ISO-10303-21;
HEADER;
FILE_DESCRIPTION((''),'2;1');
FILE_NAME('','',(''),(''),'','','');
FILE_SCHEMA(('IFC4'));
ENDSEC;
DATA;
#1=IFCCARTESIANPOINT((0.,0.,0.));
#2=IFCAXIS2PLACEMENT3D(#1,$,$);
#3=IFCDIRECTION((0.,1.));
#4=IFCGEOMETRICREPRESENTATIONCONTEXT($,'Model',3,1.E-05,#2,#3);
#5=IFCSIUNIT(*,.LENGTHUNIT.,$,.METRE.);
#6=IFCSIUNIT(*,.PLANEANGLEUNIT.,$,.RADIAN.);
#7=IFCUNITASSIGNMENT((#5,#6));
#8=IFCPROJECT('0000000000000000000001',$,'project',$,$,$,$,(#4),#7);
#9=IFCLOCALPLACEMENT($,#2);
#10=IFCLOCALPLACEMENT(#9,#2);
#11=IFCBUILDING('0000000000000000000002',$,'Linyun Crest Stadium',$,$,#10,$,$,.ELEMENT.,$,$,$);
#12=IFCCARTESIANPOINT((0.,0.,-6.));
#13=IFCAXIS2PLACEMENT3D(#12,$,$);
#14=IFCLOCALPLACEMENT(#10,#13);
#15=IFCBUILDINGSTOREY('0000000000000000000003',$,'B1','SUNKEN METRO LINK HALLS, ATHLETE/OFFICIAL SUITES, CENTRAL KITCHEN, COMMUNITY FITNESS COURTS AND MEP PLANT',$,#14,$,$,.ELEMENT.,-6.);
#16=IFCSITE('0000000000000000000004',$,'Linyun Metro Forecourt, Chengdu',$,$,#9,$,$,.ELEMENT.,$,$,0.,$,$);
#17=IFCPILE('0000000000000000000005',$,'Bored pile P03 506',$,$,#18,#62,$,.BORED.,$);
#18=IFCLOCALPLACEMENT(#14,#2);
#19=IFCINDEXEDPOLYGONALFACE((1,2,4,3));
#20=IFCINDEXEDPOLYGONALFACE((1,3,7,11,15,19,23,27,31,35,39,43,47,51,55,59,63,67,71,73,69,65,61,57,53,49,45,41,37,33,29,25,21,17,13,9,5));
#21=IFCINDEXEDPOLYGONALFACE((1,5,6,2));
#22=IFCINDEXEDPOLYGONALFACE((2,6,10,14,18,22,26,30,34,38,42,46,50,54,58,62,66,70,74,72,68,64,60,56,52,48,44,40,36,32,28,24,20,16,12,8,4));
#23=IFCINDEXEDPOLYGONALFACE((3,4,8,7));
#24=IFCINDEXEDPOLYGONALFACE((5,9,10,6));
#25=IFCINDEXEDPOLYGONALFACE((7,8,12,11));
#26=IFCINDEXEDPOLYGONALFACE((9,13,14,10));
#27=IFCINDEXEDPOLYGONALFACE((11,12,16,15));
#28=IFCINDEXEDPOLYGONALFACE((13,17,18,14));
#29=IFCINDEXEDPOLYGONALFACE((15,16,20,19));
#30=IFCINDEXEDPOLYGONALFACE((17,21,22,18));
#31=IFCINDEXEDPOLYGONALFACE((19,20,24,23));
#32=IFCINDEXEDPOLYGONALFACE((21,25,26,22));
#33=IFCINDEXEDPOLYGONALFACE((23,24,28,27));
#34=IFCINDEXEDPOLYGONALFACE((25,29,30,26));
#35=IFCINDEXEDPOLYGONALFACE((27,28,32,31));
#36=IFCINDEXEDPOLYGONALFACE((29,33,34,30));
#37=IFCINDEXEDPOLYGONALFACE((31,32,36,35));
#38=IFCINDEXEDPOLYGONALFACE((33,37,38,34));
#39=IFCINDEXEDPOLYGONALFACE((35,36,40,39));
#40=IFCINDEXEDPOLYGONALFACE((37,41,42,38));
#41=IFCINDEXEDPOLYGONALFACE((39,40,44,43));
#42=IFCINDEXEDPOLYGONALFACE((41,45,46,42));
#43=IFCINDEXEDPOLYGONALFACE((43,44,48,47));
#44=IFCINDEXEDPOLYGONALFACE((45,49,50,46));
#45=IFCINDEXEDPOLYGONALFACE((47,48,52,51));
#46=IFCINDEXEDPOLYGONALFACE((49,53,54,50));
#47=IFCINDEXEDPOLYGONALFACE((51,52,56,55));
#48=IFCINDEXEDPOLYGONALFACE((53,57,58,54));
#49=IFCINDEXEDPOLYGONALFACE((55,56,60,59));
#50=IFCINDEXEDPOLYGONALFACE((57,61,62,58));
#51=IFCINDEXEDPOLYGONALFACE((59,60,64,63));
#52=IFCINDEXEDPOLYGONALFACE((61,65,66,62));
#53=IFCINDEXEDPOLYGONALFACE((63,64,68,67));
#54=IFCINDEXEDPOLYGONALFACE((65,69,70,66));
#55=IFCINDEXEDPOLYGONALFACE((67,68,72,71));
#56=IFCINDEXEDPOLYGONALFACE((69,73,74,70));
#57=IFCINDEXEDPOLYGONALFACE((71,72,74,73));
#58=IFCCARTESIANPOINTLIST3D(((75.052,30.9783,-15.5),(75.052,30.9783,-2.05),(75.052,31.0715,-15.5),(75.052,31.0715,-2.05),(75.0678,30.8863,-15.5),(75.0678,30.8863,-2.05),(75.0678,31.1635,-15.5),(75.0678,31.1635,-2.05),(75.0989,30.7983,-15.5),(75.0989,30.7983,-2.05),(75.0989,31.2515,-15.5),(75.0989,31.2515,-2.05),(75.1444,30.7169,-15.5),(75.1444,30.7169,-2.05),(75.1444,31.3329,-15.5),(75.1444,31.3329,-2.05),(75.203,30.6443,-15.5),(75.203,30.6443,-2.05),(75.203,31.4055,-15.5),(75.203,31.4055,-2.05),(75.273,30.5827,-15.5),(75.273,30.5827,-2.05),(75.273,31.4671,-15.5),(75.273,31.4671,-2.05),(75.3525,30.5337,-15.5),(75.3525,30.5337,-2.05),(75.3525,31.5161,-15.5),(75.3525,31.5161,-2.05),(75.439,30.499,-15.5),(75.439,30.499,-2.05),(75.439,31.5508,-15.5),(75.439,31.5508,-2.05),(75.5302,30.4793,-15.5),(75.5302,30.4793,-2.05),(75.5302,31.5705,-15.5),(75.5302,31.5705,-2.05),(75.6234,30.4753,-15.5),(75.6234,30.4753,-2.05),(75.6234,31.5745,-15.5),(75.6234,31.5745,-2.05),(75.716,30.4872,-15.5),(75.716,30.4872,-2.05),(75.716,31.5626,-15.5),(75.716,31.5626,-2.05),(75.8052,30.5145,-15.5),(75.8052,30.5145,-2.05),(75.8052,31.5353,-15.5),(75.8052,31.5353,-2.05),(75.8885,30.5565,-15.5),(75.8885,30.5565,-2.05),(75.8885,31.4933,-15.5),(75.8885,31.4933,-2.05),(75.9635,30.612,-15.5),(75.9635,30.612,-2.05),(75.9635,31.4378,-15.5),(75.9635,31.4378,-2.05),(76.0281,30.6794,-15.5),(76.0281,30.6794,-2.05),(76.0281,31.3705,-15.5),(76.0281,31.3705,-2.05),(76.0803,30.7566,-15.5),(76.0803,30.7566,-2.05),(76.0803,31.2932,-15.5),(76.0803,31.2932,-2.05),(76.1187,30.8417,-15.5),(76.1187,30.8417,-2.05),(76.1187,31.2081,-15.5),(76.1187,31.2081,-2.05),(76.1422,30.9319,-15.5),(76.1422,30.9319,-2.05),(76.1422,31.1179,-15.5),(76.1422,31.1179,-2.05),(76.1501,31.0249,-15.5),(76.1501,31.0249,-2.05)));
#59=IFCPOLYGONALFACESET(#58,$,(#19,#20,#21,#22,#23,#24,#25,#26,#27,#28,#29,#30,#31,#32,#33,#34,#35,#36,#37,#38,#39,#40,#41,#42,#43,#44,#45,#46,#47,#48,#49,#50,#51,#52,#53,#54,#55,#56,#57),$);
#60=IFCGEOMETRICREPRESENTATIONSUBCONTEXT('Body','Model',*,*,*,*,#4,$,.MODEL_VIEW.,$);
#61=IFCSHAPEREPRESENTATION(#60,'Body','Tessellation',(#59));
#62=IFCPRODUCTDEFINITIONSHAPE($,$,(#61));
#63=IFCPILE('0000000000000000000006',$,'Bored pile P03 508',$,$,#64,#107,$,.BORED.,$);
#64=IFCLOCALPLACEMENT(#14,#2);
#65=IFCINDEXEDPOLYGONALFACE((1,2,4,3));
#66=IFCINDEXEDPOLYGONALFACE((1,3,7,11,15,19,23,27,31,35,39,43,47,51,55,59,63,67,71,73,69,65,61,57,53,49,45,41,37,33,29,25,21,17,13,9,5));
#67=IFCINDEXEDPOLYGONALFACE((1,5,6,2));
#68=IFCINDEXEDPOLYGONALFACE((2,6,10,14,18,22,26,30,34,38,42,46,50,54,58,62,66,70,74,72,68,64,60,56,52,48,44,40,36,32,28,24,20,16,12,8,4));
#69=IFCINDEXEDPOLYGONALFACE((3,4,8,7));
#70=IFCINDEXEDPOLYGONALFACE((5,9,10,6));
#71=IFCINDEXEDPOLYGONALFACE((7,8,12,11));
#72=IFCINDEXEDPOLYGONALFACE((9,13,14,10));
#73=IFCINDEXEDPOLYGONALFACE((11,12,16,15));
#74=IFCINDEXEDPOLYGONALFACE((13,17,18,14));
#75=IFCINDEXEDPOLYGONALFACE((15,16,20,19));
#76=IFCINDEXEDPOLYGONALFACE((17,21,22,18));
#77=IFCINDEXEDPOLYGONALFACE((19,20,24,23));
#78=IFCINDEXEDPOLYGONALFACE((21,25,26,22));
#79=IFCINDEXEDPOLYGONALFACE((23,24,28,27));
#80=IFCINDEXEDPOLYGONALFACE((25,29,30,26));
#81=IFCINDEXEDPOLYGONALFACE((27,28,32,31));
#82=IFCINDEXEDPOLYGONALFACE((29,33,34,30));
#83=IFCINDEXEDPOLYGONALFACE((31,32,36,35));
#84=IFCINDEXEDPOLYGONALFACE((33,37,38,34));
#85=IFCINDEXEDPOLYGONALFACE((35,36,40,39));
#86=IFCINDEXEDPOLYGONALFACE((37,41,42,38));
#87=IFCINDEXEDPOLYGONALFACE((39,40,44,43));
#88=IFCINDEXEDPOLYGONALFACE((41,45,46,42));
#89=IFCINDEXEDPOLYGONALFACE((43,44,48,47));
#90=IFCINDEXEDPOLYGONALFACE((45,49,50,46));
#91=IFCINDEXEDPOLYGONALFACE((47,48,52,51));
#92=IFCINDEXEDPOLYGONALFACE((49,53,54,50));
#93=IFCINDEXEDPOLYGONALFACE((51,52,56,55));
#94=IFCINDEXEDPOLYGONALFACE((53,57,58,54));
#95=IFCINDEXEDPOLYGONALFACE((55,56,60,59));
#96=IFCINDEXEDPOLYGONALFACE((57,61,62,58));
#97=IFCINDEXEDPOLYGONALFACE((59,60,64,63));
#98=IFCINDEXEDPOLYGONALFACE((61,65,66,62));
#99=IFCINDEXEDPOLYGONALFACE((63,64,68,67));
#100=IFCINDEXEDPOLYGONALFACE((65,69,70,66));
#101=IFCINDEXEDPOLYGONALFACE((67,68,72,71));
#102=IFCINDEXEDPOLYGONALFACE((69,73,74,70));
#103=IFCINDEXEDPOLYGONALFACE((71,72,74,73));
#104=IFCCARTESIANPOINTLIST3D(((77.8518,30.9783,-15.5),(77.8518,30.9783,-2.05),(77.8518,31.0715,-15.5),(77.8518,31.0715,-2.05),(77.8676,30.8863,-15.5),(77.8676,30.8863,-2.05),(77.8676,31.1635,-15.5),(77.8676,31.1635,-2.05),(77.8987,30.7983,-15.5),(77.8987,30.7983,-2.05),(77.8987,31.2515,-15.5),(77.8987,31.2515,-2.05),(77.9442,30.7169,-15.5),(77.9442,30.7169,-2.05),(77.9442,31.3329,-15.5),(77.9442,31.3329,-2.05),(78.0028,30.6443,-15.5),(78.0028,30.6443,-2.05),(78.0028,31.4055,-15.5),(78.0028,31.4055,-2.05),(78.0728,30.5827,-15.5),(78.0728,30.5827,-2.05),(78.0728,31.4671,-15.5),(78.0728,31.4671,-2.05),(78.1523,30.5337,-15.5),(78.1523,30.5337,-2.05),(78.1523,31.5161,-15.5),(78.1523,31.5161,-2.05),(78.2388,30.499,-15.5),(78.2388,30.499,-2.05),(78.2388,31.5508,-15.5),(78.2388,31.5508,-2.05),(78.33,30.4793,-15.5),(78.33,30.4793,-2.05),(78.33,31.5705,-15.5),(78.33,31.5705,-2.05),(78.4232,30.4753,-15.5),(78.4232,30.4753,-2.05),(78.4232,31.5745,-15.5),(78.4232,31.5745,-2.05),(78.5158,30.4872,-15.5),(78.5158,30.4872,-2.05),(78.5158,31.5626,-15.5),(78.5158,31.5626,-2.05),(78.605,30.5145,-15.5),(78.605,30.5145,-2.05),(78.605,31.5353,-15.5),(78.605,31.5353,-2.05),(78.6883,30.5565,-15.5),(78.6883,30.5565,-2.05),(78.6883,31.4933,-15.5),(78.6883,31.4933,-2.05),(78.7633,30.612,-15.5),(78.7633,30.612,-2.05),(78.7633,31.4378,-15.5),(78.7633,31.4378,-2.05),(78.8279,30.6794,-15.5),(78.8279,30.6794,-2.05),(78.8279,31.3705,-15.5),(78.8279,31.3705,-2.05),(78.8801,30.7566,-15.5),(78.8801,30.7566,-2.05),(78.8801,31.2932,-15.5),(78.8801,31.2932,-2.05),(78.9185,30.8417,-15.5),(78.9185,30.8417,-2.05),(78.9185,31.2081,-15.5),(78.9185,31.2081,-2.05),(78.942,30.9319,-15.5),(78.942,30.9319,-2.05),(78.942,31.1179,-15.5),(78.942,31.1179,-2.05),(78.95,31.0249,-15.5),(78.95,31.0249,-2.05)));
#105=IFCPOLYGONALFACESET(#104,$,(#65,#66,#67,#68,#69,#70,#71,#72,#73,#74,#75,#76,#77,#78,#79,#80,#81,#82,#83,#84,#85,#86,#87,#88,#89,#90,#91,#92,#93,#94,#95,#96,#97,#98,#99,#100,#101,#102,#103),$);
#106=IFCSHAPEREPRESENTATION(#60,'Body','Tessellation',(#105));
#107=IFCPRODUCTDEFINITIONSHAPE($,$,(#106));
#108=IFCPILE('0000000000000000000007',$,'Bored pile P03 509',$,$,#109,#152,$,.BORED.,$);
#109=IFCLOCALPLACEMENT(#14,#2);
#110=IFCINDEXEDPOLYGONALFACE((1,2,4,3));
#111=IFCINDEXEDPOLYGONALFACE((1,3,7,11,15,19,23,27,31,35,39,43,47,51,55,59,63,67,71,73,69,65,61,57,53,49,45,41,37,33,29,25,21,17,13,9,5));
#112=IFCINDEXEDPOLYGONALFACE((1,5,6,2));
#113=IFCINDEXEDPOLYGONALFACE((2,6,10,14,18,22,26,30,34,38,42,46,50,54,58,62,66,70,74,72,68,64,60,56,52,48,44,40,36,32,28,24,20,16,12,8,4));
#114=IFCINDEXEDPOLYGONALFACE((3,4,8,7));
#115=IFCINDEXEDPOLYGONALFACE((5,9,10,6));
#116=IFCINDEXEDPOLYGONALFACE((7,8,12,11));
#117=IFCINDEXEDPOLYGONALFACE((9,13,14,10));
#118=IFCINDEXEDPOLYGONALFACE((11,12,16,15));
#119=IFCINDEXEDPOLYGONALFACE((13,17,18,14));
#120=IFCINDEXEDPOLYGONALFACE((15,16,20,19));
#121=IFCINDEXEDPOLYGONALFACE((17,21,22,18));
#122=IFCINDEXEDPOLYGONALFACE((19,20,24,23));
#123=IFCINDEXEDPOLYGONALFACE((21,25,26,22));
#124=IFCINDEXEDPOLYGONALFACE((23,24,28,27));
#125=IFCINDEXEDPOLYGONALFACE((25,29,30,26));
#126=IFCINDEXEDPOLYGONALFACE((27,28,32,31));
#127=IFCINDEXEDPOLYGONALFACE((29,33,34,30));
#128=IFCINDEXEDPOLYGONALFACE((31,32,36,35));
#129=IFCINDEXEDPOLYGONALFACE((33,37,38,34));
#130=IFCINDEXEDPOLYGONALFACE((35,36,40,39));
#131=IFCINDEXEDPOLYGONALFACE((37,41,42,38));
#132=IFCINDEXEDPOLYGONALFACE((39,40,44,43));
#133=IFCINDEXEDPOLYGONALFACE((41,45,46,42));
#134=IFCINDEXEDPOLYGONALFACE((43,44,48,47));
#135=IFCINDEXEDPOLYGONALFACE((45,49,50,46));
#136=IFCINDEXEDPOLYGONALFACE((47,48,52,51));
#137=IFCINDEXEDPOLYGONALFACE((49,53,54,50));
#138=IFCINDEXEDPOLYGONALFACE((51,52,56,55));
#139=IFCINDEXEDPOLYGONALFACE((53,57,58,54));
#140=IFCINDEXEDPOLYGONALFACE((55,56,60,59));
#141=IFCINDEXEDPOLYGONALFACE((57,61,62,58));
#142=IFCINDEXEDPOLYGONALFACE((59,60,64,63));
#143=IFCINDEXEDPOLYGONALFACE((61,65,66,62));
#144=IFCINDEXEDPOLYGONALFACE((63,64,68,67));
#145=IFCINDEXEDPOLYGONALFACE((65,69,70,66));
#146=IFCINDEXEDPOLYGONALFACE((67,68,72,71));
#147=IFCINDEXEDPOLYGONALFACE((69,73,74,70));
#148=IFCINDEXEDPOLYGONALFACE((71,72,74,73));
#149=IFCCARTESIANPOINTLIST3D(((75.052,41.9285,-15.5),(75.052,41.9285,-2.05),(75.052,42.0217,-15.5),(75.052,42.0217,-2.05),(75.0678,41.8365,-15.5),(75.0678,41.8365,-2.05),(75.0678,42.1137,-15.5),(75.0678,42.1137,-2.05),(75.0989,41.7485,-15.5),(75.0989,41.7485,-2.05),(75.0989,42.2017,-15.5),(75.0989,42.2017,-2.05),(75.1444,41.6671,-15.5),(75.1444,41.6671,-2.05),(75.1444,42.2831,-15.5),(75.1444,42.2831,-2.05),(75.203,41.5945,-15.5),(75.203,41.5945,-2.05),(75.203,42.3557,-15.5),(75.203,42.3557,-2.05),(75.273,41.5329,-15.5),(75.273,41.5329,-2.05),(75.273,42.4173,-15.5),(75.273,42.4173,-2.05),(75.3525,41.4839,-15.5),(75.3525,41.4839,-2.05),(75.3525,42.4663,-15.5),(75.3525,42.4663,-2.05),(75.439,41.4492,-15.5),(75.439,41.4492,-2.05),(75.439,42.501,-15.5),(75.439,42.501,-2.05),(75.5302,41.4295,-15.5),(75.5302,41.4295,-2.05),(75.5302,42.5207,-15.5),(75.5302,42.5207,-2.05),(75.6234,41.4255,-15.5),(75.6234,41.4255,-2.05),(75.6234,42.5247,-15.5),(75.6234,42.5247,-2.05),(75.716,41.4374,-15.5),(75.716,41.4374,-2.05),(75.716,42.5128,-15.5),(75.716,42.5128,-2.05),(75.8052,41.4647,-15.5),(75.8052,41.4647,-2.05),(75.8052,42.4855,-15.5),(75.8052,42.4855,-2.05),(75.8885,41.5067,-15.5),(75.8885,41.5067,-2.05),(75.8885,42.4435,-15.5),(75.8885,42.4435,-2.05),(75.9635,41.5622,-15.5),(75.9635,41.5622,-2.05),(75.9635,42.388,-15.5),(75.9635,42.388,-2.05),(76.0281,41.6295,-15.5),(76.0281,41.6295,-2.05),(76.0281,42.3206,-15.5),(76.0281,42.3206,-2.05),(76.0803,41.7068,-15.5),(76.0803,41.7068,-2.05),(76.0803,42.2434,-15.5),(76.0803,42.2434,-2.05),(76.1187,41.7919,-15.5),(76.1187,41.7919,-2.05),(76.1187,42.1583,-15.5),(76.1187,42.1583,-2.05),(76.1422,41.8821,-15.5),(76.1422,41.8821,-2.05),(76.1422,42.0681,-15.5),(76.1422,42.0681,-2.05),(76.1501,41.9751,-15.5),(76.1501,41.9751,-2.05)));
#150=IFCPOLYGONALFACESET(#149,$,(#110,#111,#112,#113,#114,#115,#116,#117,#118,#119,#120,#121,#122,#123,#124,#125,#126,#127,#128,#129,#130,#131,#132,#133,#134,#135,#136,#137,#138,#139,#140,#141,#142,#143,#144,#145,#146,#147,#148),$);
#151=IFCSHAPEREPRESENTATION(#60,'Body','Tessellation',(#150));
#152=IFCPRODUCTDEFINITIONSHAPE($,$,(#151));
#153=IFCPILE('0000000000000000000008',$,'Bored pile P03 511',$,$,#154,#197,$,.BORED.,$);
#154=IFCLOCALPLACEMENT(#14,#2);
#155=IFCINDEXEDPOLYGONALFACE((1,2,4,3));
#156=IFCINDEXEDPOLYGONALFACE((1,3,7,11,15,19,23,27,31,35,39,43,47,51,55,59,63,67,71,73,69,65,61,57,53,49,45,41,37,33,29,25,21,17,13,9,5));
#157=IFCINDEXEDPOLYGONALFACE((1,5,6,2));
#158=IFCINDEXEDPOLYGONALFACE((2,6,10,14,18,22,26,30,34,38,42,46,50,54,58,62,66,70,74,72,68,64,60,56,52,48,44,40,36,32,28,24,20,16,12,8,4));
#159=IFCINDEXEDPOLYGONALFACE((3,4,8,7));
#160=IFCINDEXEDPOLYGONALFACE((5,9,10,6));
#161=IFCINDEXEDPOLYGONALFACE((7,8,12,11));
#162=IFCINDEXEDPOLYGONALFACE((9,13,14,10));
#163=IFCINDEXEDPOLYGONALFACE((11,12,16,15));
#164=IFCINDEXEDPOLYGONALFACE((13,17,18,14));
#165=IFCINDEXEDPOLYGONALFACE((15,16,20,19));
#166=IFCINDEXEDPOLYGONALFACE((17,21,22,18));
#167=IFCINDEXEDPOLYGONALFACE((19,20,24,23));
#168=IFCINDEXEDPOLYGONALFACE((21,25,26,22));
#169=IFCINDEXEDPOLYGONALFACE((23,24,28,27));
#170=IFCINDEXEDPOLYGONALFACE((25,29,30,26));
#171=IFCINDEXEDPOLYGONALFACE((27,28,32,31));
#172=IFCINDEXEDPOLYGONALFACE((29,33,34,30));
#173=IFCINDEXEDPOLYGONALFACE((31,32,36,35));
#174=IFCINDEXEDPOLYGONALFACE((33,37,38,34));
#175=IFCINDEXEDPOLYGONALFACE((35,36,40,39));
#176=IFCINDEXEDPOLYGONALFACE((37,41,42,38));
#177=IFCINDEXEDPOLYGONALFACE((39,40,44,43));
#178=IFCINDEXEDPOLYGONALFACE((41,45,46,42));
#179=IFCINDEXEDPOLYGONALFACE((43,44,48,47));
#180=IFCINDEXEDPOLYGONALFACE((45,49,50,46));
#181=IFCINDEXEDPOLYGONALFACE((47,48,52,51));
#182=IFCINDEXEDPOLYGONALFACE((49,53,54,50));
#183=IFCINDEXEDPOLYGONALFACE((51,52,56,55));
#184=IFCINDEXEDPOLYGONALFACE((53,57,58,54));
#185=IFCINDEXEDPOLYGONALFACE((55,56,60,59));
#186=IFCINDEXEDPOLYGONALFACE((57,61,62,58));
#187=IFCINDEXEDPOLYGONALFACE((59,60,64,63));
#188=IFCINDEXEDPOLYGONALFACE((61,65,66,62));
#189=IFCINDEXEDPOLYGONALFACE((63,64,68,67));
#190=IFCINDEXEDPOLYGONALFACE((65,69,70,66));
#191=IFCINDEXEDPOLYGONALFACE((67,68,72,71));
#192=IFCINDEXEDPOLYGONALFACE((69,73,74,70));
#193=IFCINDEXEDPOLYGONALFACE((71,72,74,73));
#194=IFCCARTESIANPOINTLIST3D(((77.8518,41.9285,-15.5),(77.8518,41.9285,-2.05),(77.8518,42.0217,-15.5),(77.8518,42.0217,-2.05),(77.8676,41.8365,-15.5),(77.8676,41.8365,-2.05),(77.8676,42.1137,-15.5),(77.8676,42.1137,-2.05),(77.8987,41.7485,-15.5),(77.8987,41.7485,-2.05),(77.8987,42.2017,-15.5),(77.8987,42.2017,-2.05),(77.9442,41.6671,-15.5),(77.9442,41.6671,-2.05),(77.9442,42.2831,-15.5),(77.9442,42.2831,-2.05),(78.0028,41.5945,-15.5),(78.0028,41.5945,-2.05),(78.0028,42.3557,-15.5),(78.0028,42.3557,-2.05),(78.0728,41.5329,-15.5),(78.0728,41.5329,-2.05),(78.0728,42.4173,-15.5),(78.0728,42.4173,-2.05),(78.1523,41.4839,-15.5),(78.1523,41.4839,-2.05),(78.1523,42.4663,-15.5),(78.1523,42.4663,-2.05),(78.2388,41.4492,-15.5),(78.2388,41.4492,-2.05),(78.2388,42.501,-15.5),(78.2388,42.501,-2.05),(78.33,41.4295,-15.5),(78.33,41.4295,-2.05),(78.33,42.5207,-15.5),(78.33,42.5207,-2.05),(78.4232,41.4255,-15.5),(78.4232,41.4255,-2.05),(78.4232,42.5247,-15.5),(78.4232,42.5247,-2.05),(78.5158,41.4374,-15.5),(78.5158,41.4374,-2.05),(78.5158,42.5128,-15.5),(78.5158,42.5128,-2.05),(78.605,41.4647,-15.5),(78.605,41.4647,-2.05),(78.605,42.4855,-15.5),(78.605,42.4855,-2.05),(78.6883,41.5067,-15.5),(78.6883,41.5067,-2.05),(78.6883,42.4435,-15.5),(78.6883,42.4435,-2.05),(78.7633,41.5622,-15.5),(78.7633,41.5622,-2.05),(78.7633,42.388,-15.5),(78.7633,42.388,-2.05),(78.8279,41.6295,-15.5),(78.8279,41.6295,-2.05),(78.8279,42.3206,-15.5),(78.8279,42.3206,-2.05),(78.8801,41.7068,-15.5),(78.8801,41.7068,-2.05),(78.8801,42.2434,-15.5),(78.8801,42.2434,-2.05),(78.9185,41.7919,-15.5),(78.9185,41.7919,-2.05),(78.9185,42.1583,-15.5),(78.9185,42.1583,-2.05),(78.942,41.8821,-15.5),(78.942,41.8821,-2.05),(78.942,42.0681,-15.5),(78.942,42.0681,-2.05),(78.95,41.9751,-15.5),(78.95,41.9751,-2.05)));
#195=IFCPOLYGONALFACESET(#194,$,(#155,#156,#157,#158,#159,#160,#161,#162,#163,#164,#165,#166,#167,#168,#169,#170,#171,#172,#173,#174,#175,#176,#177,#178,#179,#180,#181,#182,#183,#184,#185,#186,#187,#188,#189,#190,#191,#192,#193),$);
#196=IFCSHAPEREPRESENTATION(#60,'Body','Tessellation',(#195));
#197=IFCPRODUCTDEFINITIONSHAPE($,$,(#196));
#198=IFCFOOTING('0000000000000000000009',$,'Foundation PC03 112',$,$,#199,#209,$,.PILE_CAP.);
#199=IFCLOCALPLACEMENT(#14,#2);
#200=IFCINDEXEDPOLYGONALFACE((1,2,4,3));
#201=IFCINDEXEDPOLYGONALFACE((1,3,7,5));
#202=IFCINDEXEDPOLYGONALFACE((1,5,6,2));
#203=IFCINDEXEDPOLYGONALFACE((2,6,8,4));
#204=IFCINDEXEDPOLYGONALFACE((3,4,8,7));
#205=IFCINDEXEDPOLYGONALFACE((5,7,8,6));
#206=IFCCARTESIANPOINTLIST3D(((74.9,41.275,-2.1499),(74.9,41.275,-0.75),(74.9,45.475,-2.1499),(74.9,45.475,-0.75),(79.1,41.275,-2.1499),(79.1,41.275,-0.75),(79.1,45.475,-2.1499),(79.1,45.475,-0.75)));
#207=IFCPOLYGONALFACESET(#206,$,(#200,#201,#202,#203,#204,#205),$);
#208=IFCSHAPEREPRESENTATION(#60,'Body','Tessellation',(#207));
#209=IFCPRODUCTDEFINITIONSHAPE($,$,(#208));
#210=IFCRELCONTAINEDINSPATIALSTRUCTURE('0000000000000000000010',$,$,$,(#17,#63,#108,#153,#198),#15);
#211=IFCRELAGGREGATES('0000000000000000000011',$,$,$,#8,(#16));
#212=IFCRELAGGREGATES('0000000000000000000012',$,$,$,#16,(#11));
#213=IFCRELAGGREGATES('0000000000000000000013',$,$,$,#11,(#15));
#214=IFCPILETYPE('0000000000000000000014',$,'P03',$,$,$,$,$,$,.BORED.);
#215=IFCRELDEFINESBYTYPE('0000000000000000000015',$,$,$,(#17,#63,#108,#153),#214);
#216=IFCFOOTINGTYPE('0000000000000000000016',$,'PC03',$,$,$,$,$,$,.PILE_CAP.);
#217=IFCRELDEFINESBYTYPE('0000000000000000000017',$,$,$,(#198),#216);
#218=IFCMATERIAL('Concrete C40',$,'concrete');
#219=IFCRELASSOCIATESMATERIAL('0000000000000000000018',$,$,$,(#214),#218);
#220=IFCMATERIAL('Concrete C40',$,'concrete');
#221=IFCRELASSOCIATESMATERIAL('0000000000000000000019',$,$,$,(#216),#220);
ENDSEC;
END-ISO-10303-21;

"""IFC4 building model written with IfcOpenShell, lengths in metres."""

from ifc_helpers import new_model, si_unit, direction, frame, origin, origin_2d, place, context, subcontext, project, spatial, rectangle, circle, extrude, material, material_profile, profile_set, type_object, element, save


model = new_model("IFC4")

# Units and contexts
model_context = context("Model", 3, precision=1e-05, world=origin(), true_north=direction((0.0, 1.0)))
body_context = subcontext(model_context, "Body", "Model", "MODEL_VIEW")
ifc_project = project(units=[si_unit("LENGTHUNIT", "METRE"), si_unit("PLANEANGLEUNIT", "RADIAN")], contexts=[model_context])

# Site, building, storey
site_placement = place(None, origin())
site = spatial("IfcSite", under=ifc_project, at=site_placement, Name="Linyun Metro Forecourt, Chengdu", CompositionType="ELEMENT", RefElevation=0.0)
building_placement = place(site_placement, origin())
building = spatial("IfcBuilding", under=site, at=building_placement, Name="Linyun Crest Stadium", CompositionType="ELEMENT")
storey_placement = place(building_placement, frame((0.0, 0.0, -6.0)))
storey = spatial("IfcBuildingStorey", under=building, at=storey_placement, Name="B1", Description="SUNKEN METRO LINK HALLS, ATHLETE/OFFICIAL SUITES, CENTRAL KITCHEN, COMMUNITY FITNESS COURTS AND MEP PLANT", CompositionType="ELEMENT", Elevation=-6.0)

# Piles
ifc_material_1 = material(Name="Concrete C40", Category="concrete")
ifc_material_profile_1 = material_profile(ifc_material_1, circle(Radius=0.55, at=origin_2d()), Name="BORED PILE 1100")
ifc_profile_set_1 = profile_set([ifc_material_profile_1], Name="Concrete C40")
pile_type = type_object("IfcPileType", Name="P03", PredefinedType="BORED", material=ifc_profile_set_1)
for number, where, z_axis, x_axis, name in (
    (1, (75.6001, 31.0249, -2.05), (0.0, 0.0, -1.0), (1.0, 0.0, 0.0), "Bored pile P03 506"),
    (2, (78.3999, 31.0249, -2.05), (0.0, 0.0, -1.0), (1.0, 0.0, 0.0), "Bored pile P03 508"),
    (3, (75.6001, 41.9751, -2.05), (0.0, 0.0, -1.0), (1.0, 0.0, 0.0), "Bored pile P03 509"),
    (4, (78.3999, 41.9751, -2.05), (0.0, 0.0, -1.0), (1.0, 0.0, 0.0), "Bored pile P03 511"),
):
    element("IfcPile", number, at=place(storey_placement, frame(where, z_axis=z_axis, x_axis=x_axis)), inside=storey, type_object=pile_type, Name=name, PredefinedType="BORED", context=body_context, shape_type="SweptSolid", body=[
        extrude(circle(Radius=0.55, at=origin_2d()), origin(), (0.0, 0.0, 1.0), 13.45),
    ])

# Footing
ifc_material_2 = material(Name="Concrete C40", Category="concrete")
footing_type_1 = type_object("IfcFootingType", Name="PC03", PredefinedType="PILE_CAP", material=ifc_material_2)
footing_1_placement = place(storey_placement, frame((77.0, 43.375, -2.1499), z_axis=(0.0, 0.0, 1.0), x_axis=(1.0, 0.0, 0.0)))
element("IfcFooting", 5, at=footing_1_placement, inside=storey, type_object=footing_type_1, Name="Foundation PC03 112", PredefinedType="PILE_CAP", context=body_context, shape_type="SweptSolid", body=[
    extrude(rectangle(XDim=4.2, YDim=4.2, at=origin_2d()), origin(), (0.0, 0.0, 1.0), 1.3999),
])

save(model, "model.ifc")
